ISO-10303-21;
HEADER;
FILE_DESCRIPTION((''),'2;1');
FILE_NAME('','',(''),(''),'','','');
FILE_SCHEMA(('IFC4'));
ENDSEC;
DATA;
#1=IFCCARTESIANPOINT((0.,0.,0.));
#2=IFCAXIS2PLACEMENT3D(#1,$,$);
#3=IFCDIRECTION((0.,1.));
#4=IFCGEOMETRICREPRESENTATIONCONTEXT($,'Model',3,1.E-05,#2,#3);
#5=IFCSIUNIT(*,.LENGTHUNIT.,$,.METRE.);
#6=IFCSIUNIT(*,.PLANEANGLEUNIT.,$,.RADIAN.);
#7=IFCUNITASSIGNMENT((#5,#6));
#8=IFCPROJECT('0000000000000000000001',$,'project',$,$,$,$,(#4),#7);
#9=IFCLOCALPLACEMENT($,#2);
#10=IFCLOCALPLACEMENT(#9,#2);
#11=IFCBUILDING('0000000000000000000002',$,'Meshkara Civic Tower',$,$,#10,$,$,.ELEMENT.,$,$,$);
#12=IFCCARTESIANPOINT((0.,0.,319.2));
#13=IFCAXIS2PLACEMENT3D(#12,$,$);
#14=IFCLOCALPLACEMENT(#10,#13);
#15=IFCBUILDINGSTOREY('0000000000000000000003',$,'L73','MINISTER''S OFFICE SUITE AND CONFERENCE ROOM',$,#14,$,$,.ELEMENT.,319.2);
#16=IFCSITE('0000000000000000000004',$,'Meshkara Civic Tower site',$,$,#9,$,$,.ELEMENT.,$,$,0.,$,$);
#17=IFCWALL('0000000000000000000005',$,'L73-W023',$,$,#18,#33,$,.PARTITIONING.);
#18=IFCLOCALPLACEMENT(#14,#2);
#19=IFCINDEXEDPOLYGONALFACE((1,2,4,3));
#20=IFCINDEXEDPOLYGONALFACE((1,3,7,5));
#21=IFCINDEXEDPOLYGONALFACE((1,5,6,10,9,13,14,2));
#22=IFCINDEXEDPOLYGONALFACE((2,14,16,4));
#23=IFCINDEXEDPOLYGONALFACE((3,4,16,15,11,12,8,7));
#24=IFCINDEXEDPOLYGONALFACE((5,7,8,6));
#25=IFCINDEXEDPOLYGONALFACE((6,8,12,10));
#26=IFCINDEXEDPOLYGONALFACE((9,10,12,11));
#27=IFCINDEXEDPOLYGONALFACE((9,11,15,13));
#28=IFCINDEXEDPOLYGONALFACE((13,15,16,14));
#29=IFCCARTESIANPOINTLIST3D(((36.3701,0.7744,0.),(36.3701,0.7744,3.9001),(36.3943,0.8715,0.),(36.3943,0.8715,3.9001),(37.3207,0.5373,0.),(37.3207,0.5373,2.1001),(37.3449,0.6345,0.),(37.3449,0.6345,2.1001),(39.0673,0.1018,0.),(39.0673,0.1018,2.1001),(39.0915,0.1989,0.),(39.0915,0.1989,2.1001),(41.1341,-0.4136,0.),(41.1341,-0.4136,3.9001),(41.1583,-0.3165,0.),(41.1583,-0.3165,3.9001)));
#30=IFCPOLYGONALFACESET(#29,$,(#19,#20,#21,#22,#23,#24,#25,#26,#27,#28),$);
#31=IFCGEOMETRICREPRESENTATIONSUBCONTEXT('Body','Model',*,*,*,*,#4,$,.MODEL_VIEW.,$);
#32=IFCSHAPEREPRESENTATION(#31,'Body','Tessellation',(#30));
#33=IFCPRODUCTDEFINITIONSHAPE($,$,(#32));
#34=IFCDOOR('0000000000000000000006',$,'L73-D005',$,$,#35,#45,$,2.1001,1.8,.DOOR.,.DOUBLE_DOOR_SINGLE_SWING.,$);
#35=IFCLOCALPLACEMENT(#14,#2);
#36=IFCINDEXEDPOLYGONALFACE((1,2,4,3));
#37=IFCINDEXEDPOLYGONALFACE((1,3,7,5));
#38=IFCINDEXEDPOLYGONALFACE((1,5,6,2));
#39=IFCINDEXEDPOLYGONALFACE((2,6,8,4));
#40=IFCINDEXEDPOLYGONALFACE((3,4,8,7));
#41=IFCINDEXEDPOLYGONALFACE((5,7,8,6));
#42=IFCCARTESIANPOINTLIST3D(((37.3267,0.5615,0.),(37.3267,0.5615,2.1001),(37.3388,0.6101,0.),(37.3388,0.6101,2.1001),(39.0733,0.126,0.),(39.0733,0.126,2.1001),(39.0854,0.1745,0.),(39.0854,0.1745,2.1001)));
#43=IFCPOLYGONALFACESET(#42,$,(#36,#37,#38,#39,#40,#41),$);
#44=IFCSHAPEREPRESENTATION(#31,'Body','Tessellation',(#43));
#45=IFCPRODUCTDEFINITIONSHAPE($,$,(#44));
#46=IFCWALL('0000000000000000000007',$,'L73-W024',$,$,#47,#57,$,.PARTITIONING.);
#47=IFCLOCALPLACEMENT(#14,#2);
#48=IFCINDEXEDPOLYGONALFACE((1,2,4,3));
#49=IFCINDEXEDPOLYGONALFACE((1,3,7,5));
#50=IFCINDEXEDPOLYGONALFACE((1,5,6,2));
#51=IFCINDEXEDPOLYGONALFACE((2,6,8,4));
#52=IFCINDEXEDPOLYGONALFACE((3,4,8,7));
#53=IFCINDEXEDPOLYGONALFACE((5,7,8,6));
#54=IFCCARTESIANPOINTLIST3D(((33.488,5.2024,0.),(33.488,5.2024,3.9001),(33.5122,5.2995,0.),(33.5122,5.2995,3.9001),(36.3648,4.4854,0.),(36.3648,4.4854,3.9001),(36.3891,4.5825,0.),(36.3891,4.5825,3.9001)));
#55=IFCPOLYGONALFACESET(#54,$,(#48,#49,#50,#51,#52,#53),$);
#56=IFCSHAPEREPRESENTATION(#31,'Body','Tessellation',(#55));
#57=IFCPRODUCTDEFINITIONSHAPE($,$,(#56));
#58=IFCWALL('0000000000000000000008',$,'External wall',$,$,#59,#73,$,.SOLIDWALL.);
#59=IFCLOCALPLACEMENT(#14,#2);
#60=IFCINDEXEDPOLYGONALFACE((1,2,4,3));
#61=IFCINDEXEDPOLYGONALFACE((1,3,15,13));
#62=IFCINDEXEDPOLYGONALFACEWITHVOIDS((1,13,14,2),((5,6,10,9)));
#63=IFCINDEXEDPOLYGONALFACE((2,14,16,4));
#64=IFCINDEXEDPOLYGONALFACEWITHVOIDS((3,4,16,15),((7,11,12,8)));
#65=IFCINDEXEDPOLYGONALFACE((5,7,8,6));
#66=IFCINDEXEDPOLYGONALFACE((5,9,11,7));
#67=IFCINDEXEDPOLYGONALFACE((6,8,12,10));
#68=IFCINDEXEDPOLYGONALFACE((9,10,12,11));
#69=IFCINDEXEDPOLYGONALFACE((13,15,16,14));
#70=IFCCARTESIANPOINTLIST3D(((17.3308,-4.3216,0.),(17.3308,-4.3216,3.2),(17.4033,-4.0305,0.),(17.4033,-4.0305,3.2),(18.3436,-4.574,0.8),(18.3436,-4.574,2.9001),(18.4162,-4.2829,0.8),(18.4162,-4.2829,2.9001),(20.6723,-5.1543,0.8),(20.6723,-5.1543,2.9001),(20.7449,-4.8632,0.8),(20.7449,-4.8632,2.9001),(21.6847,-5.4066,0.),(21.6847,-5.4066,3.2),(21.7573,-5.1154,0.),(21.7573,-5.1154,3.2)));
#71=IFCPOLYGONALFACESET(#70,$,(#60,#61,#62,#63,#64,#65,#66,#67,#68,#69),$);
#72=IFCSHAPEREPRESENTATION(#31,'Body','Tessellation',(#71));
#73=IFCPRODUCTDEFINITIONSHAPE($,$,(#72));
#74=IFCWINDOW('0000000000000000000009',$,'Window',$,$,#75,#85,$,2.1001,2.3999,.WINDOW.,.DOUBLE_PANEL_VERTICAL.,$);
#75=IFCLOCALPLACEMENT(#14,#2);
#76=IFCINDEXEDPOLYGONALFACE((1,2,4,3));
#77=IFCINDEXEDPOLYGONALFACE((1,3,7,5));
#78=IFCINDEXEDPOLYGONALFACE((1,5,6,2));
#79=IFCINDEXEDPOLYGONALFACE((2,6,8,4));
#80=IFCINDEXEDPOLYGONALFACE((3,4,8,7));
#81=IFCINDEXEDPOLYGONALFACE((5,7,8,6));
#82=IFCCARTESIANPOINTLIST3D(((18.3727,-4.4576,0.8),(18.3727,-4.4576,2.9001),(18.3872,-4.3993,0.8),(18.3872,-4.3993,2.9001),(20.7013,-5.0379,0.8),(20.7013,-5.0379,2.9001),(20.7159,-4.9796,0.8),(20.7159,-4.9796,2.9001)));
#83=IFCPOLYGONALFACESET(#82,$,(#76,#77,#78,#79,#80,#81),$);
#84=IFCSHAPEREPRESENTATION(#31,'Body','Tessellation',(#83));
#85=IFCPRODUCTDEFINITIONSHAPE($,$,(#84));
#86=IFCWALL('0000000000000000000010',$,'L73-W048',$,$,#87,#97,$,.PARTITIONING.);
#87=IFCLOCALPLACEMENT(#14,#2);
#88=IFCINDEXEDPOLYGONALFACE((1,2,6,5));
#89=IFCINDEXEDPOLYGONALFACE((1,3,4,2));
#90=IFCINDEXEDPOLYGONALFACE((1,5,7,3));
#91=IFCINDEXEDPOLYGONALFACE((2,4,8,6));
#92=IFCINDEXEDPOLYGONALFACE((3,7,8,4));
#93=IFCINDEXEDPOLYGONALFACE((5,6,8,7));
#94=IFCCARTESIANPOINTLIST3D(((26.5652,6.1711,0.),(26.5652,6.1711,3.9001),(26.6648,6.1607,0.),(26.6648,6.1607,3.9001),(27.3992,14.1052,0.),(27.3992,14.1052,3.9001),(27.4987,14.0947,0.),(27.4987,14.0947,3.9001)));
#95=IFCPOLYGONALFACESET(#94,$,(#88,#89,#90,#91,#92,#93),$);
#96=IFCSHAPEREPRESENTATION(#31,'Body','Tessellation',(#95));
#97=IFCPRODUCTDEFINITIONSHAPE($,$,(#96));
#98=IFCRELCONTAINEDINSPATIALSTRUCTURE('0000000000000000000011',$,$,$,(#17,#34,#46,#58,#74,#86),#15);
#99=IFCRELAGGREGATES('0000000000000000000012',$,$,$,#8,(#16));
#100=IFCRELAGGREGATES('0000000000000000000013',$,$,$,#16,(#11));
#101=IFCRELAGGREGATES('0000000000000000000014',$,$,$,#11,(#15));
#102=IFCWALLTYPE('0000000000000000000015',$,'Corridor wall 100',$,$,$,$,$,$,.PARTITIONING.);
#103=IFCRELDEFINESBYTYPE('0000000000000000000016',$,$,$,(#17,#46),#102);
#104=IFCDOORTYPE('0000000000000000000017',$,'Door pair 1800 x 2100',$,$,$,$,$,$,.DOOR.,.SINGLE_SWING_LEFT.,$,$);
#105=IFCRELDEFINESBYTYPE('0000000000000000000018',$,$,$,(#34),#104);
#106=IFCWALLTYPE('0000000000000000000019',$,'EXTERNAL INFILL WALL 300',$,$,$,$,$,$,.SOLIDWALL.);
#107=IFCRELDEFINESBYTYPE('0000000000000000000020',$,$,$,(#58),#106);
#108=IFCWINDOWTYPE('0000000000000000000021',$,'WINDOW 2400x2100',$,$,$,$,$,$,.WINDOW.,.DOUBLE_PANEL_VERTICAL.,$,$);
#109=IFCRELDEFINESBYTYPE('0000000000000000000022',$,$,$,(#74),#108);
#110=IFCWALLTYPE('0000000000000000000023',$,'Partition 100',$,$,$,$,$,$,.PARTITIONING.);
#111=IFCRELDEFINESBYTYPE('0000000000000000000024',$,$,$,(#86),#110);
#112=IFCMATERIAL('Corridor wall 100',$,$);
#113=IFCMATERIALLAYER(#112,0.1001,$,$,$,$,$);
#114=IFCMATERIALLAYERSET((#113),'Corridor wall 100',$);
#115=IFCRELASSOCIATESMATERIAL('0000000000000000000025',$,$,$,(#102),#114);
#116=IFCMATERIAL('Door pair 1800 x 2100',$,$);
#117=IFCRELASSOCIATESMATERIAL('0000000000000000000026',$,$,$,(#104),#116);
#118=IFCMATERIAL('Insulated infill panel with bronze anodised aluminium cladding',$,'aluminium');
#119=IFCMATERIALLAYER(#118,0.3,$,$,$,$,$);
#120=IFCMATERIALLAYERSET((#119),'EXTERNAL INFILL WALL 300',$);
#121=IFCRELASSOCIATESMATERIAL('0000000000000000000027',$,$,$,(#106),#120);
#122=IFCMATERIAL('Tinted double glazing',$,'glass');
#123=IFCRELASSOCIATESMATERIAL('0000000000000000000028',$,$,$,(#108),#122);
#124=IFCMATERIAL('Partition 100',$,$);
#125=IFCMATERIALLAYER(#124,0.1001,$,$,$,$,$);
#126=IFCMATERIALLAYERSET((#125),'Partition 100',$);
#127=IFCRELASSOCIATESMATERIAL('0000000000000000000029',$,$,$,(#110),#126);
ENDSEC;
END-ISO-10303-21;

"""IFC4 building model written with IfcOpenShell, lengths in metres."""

from ifc_helpers import new_model, si_unit, direction, frame, frame_2d, origin, place, context, subcontext, project, spatial, rectangle, extrude, material, layer, layer_set, type_object, element, fill, save


model = new_model("IFC4")

# Units and contexts
model_context = context("Model", 3, precision=1e-05, world=origin(), true_north=direction((0.0, 1.0)))
body_context = subcontext(model_context, "Body", "Model", "MODEL_VIEW")
ifc_project = project(units=[si_unit("LENGTHUNIT", "METRE"), si_unit("PLANEANGLEUNIT", "RADIAN")], contexts=[model_context])

# Site, building, storey
site_placement = place(None, origin())
site = spatial("IfcSite", under=ifc_project, at=site_placement, Name="Meshkara Civic Tower site", CompositionType="ELEMENT", RefElevation=0.0)
building_placement = place(site_placement, origin())
building = spatial("IfcBuilding", under=site, at=building_placement, Name="Meshkara Civic Tower", CompositionType="ELEMENT")
storey_placement = place(building_placement, frame((0.0, 0.0, 319.2)))
storey = spatial("IfcBuildingStorey", under=building, at=storey_placement, Name="L73", Description="MINISTER'S OFFICE SUITE AND CONFERENCE ROOM", CompositionType="ELEMENT", Elevation=319.2)

# Shared definitions
ifc_material_1 = material(Name="Corridor wall 100")
ifc_layer_1 = layer(ifc_material_1, 0.1001)
ifc_layer_set_1 = layer_set([ifc_layer_1], Name="Corridor wall 100")
wall_type_1 = type_object("IfcWallType", Name="Corridor wall 100", PredefinedType="PARTITIONING", material=ifc_layer_set_1)

# Wall, opening, door
ifc_material_2 = material(Name="Door pair 1800 x 2100")
door_type = type_object("IfcDoorType", Name="Door pair 1800 x 2100", OperationType="SINGLE_SWING_LEFT", PredefinedType="DOOR", material=ifc_material_2)
wall_1_placement = place(storey_placement, frame((36.3821, 0.823, 0.0), z_axis=(0.0, 0.0, 1.0), x_axis=(0.970286, -0.241962, 0.0)))
wall_1 = element("IfcWall", 1, at=wall_1_placement, inside=storey, type_object=wall_type_1, Name="L73-W023", PredefinedType="PARTITIONING", context=body_context, shape_type="SweptSolid", body=[
    extrude(rectangle(XDim=4.9099, YDim=0.1001, at=frame_2d((2.4551, 0.0))), origin(), (0.0, 0.0, 1.0), 3.9001),
])
opening_1_placement = place(wall_1_placement, frame((0.98, 0.0, 0.0)))
opening_1 = element("IfcOpeningElement", 2, at=opening_1_placement, cuts=wall_1, PredefinedType="OPENING", context=body_context, shape_type="SweptSolid", body=[
    extrude(rectangle(XDim=1.8, YDim=2.1001, at=frame_2d((0.8999, 1.05))), frame((0.0, 0.0601, 0.0), z_axis=(0.0, -1.0, 0.0), x_axis=(1.0, 0.0, 0.0)), (0.0, 0.0, 1.0), 0.1201),
])
door_1_placement = place(opening_1_placement, origin())
door_1 = element("IfcDoor", 3, at=door_1_placement, inside=storey, type_object=door_type, Name="L73-D005", OperationType="DOUBLE_DOOR_SINGLE_SWING", OverallHeight=2.1001, OverallWidth=1.8, PredefinedType="DOOR", context=body_context, shape_type="SweptSolid", body=[
    extrude(rectangle(XDim=1.8, YDim=2.1001, at=frame_2d((0.8999, 1.05))), frame((0.0, 0.0249, 0.0), z_axis=(0.0, -1.0, 0.0), x_axis=(1.0, 0.0, 0.0)), (0.0, 0.0, 1.0), 0.05),
])
fill(opening_1, door_1)

# Wall
wall_2_placement = place(storey_placement, frame((36.377, 4.5339, 0.0), z_axis=(0.0, 0.0, 1.0), x_axis=(-0.970317, 0.241838, 0.0)))
element("IfcWall", 4, at=wall_2_placement, inside=storey, type_object=wall_type_1, Name="L73-W024", PredefinedType="PARTITIONING", context=body_context, shape_type="SweptSolid", body=[
    extrude(rectangle(XDim=2.9648, YDim=0.1001, at=frame_2d((1.4824, 0.0))), origin(), (0.0, 0.0, 1.0), 3.9001),
])

# Wall, opening, window
ifc_material_3 = material(Name="Insulated infill panel with bronze anodised aluminium cladding", Category="aluminium")
ifc_layer_2 = layer(ifc_material_3, 0.3)
ifc_layer_set_2 = layer_set([ifc_layer_2], Name="EXTERNAL INFILL WALL 300")
wall_type_2 = type_object("IfcWallType", Name="EXTERNAL INFILL WALL 300", PredefinedType="SOLIDWALL", material=ifc_layer_set_2)
wall_3_placement = place(storey_placement, frame((17.3669, -4.176, 0.0), z_axis=(0.0, 0.0, 1.0), x_axis=(0.970328, -0.241793, 0.0)))
wall_3 = element("IfcWall", 5, at=wall_3_placement, inside=storey, type_object=wall_type_2, Name="External wall", PredefinedType="SOLIDWALL", context=body_context, shape_type="SweptSolid", body=[
    extrude(rectangle(XDim=4.4871, YDim=0.3, at=frame_2d((2.2437, 0.0))), origin(), (0.0, 0.0, 1.0), 3.2),
])
opening_2_placement = place(wall_3_placement, frame((1.0439, 0.0, 0.8)))
opening_2 = element("IfcOpeningElement", 6, at=opening_2_placement, cuts=wall_3, PredefinedType="OPENING", context=body_context, shape_type="SweptSolid", body=[
    extrude(rectangle(XDim=2.3999, YDim=2.1001, at=frame_2d((1.2, 1.05))), frame((0.0, 0.1599, 0.0), z_axis=(0.0, -1.0, 0.0), x_axis=(1.0, 0.0, 0.0)), (0.0, 0.0, 1.0), 0.3201),
])
ifc_material_4 = material(Name="Tinted double glazing", Category="glass")
window_type = type_object("IfcWindowType", Name="WINDOW 2400x2100", PartitioningType="DOUBLE_PANEL_VERTICAL", PredefinedType="WINDOW", material=ifc_material_4)
window_placement = place(opening_2_placement, origin())
window = element("IfcWindow", 7, at=window_placement, inside=storey, type_object=window_type, Name="Window", OverallHeight=2.1001, OverallWidth=2.3999, PartitioningType="DOUBLE_PANEL_VERTICAL", PredefinedType="WINDOW", context=body_context, shape_type="SweptSolid", body=[
    extrude(rectangle(XDim=2.3999, YDim=2.1001, at=frame_2d((1.2, 1.05))), frame((0.0, 0.03, 0.0), z_axis=(0.0, -1.0, 0.0), x_axis=(1.0, 0.0, 0.0)), (0.0, 0.0, 1.0), 0.0601),
])
fill(opening_2, window)

# Wall
ifc_material_5 = material(Name="Partition 100")
ifc_layer_3 = layer(ifc_material_5, 0.1001)
ifc_layer_set_3 = layer_set([ifc_layer_3], Name="Partition 100")
wall_type_3 = type_object("IfcWallType", Name="Partition 100", PredefinedType="PARTITIONING", material=ifc_layer_set_3)
wall_4_placement = place(storey_placement, frame((26.615, 6.166, 0.0), z_axis=(0.0, 0.0, 1.0), x_axis=(0.104538, 0.994521, 0.0)))
element("IfcWall", 8, at=wall_4_placement, inside=storey, type_object=wall_type_3, Name="L73-W048", PredefinedType="PARTITIONING", context=body_context, shape_type="SweptSolid", body=[
    extrude(rectangle(XDim=7.9778, YDim=0.1001, at=frame_2d((3.9888, 0.0))), origin(), (0.0, 0.0, 1.0), 3.9001),
])

save(model, "model.ifc")
